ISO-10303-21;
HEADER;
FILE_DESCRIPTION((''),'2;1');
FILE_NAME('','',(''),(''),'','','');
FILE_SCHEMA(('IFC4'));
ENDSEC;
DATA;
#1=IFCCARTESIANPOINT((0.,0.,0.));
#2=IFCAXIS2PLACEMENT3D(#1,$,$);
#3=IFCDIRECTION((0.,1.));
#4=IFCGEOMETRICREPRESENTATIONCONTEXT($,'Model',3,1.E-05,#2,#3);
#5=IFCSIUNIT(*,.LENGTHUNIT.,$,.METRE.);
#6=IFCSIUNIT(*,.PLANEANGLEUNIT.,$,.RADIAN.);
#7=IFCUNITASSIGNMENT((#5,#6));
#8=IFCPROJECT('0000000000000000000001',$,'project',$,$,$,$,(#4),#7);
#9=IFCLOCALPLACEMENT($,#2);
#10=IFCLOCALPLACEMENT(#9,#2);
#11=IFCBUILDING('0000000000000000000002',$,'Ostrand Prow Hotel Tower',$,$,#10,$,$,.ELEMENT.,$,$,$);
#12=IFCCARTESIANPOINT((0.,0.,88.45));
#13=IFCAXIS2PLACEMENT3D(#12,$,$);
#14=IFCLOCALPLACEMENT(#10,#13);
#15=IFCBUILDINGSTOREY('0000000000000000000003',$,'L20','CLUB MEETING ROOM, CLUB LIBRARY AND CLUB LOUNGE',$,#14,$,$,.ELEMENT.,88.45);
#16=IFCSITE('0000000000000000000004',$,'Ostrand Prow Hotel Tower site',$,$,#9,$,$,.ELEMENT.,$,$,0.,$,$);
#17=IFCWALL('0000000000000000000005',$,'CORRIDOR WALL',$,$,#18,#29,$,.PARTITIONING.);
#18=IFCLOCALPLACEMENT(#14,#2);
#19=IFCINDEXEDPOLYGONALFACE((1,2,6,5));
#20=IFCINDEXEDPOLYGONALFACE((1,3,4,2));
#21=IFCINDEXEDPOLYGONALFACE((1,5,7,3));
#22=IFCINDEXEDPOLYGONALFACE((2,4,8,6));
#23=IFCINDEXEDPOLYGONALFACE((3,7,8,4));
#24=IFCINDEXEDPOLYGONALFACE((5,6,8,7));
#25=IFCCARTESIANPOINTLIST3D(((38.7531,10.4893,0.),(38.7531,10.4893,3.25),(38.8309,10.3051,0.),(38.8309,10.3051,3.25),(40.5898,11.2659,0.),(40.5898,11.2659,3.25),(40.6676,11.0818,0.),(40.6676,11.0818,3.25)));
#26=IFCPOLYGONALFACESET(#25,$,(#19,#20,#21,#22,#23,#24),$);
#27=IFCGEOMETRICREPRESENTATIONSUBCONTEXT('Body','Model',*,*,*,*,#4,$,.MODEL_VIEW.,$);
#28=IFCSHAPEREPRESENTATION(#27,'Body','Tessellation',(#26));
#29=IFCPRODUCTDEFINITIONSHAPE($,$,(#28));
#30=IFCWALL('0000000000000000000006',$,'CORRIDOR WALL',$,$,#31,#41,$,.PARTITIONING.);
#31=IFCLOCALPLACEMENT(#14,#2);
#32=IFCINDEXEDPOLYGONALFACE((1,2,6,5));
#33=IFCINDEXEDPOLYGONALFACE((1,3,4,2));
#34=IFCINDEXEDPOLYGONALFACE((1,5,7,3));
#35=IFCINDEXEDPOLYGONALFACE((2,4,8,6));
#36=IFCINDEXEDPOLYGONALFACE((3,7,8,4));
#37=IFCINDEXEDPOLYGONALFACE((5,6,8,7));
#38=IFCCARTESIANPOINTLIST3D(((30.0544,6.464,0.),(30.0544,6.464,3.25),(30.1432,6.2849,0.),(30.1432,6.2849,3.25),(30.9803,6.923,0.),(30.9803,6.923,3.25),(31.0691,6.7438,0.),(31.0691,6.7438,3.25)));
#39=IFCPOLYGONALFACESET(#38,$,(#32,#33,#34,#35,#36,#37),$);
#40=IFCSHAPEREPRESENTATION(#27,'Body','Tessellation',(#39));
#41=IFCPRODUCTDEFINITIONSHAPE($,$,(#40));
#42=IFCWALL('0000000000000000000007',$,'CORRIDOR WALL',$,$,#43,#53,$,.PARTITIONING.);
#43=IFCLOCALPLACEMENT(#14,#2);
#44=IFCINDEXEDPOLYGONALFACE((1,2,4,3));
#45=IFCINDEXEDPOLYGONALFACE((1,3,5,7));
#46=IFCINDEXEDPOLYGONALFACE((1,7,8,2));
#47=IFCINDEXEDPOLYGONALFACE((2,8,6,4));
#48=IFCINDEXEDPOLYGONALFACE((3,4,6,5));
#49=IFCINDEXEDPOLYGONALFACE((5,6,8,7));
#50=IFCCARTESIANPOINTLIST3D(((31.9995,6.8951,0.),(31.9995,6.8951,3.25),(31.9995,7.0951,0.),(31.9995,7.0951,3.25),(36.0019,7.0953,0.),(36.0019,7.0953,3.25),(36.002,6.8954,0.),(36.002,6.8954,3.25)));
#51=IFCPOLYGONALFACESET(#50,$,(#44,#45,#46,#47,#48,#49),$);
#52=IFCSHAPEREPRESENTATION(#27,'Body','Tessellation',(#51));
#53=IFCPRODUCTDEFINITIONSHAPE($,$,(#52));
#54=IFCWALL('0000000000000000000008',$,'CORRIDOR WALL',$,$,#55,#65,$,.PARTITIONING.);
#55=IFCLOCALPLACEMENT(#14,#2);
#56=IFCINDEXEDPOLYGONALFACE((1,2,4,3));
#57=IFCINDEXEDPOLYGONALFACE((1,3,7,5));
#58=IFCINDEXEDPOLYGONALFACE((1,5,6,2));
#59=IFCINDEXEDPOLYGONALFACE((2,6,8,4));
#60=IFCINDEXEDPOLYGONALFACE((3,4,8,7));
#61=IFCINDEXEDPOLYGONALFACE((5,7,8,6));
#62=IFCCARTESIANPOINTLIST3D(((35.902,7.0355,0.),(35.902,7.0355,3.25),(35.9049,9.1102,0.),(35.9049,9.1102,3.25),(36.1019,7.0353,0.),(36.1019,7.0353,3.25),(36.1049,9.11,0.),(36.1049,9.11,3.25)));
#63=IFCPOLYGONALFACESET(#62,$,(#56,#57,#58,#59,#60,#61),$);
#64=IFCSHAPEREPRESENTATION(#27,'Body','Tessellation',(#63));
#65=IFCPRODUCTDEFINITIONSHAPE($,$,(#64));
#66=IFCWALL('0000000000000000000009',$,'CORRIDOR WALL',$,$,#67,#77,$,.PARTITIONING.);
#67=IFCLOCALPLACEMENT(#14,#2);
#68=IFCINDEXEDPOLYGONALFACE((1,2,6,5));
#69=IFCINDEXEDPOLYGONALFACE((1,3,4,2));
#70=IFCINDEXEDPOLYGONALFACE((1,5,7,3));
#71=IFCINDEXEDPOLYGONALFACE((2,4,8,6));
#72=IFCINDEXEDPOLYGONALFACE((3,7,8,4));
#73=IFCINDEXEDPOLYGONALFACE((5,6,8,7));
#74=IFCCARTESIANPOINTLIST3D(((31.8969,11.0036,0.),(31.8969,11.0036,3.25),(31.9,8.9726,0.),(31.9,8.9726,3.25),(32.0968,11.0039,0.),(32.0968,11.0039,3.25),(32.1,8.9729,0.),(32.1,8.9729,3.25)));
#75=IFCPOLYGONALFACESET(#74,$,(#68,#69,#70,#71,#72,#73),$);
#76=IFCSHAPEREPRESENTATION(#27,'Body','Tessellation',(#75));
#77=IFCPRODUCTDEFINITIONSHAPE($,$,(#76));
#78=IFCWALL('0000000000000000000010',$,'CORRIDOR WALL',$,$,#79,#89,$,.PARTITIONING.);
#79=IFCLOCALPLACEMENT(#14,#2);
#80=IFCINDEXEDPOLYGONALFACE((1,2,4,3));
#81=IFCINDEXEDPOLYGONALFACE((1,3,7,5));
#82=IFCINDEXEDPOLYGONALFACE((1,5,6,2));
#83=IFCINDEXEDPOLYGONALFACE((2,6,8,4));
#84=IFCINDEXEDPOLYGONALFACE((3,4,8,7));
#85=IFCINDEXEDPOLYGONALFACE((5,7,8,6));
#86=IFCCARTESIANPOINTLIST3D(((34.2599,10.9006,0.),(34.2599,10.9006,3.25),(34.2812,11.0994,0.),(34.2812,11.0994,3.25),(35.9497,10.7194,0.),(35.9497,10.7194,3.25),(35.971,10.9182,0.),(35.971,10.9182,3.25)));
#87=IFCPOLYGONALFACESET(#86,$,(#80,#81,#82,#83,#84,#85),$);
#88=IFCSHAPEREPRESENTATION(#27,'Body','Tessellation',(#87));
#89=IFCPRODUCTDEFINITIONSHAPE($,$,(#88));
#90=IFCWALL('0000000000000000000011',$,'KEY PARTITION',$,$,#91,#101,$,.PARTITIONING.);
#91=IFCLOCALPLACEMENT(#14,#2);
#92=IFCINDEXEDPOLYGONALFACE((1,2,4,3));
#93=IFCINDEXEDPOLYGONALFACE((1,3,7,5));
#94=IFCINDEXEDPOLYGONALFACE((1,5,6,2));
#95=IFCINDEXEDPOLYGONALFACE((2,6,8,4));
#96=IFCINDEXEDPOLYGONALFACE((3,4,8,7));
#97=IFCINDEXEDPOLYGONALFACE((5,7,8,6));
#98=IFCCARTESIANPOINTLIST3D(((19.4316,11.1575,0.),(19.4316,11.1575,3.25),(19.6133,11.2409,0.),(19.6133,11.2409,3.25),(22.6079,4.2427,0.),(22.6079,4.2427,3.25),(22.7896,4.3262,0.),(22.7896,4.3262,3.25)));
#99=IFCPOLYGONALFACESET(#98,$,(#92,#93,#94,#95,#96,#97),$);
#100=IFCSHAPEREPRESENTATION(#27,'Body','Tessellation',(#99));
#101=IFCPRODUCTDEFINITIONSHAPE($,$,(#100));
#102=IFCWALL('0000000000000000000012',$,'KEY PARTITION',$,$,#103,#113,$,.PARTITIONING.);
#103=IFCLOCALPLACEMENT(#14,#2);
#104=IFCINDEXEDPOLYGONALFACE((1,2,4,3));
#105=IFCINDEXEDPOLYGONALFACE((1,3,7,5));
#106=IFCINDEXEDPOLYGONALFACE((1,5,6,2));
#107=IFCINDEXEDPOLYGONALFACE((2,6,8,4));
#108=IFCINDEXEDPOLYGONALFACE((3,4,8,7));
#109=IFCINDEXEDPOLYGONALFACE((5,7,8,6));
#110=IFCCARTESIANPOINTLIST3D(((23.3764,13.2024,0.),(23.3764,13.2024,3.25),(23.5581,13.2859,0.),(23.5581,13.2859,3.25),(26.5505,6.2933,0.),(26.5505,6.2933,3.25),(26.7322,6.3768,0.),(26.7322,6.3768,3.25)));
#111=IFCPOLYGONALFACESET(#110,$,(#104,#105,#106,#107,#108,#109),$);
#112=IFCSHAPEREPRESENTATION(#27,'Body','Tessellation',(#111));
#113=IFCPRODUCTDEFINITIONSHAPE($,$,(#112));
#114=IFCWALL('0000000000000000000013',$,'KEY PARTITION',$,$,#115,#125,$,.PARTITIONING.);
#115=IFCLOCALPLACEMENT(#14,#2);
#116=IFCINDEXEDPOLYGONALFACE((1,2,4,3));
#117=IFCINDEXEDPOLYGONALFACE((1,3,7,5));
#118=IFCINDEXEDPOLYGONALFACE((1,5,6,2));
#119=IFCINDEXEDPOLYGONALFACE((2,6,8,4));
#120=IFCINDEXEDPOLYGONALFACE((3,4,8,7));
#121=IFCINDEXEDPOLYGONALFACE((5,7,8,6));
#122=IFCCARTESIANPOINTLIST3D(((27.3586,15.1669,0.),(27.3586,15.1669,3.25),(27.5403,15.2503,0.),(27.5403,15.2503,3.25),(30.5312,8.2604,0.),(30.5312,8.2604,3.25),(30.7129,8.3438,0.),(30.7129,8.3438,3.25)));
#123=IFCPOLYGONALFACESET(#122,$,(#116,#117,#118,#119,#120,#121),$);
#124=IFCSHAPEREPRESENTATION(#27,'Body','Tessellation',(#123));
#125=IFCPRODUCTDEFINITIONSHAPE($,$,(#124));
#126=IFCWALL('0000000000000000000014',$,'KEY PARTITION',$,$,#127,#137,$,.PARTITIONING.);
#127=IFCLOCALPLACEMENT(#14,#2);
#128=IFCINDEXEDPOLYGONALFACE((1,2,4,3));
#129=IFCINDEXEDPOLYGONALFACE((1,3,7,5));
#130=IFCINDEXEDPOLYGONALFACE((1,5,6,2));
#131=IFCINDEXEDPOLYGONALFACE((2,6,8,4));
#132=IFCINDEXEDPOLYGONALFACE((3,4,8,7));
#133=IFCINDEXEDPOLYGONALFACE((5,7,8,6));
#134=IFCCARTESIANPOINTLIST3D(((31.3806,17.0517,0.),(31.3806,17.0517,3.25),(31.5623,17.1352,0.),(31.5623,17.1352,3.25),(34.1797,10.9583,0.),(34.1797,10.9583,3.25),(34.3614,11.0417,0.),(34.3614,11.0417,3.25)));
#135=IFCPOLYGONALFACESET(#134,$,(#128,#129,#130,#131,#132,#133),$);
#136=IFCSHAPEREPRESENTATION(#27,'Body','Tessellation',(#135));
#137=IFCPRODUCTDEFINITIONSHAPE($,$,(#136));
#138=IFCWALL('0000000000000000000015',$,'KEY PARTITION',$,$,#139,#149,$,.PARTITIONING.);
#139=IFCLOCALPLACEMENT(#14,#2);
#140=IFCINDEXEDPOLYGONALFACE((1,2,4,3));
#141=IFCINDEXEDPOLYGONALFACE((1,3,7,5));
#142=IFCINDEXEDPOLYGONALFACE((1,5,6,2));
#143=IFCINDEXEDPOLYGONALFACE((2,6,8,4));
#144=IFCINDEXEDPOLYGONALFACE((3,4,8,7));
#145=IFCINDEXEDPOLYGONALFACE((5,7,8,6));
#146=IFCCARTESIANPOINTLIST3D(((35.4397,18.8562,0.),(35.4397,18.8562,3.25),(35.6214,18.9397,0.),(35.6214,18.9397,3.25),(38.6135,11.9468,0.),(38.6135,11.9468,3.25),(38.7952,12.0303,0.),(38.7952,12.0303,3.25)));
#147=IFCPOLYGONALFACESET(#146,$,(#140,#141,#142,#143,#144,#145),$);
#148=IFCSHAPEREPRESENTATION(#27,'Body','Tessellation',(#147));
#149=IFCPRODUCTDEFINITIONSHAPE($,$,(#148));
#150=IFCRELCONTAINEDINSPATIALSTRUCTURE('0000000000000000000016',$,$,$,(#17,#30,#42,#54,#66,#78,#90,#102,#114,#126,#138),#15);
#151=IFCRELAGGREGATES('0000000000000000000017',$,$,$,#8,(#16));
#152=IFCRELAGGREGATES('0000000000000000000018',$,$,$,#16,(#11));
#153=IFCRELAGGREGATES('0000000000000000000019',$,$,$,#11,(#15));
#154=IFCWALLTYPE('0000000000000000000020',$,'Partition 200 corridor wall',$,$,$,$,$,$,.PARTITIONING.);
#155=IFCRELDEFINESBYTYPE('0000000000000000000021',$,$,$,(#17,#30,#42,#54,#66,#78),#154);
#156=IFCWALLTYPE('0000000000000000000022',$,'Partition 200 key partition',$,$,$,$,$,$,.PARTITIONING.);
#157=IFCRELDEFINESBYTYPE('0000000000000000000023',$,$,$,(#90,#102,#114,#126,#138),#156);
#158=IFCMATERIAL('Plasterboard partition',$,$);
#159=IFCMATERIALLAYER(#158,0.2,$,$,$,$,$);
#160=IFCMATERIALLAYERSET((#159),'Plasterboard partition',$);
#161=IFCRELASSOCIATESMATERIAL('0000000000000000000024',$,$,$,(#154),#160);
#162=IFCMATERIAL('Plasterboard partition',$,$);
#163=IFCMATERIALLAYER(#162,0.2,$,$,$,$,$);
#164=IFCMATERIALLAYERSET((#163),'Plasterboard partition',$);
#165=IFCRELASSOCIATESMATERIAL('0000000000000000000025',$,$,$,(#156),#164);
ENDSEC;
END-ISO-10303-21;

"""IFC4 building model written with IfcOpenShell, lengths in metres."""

from ifc_helpers import new_model, si_unit, direction, frame, frame_2d, origin, place, context, subcontext, project, spatial, rectangle, extrude, material, layer, layer_set, type_object, element, save


model = new_model("IFC4")

# Units and contexts
model_context = context("Model", 3, precision=1e-05, world=origin(), true_north=direction((0.0, 1.0)))
body_context = subcontext(model_context, "Body", "Model", "MODEL_VIEW")
ifc_project = project(units=[si_unit("LENGTHUNIT", "METRE"), si_unit("PLANEANGLEUNIT", "RADIAN")], contexts=[model_context])

# Site, building, storey
site_placement = place(None, origin())
site = spatial("IfcSite", under=ifc_project, at=site_placement, Name="Ostrand Prow Hotel Tower site", CompositionType="ELEMENT", RefElevation=0.0)
building_placement = place(site_placement, origin())
building = spatial("IfcBuilding", under=site, at=building_placement, Name="Ostrand Prow Hotel Tower", CompositionType="ELEMENT")
storey_placement = place(building_placement, frame((0.0, 0.0, 88.45)))
storey = spatial("IfcBuildingStorey", under=building, at=storey_placement, Name="L20", Description="CLUB MEETING ROOM, CLUB LIBRARY AND CLUB LOUNGE", CompositionType="ELEMENT", Elevation=88.45)

# Shared definitions
ifc_material_1 = material(Name="Plasterboard partition")
ifc_layer_1 = layer(ifc_material_1, 0.2)
ifc_layer_set_1 = layer_set([ifc_layer_1], Name="Plasterboard partition")
wall_type_1 = type_object("IfcWallType", Name="Partition 200 corridor wall", PredefinedType="PARTITIONING", material=ifc_layer_set_1)

# Walls
wall_1_placement = place(storey_placement, frame((38.792, 10.3972, 0.0), z_axis=(0.0, 0.0, 1.0), x_axis=(0.921047, 0.389452, 0.0)))
element("IfcWall", 1, at=wall_1_placement, inside=storey, type_object=wall_type_1, Name="CORRIDOR WALL", PredefinedType="PARTITIONING", context=body_context, shape_type="SweptSolid", body=[
    extrude(rectangle(XDim=1.9941, YDim=0.2, at=frame_2d((0.9971, 0.0))), origin(), (0.0, 0.0, 1.0), 3.25),
])
wall_2_placement = place(storey_placement, frame((30.0989, 6.3745, 0.0), z_axis=(0.0, 0.0, 1.0), x_axis=(0.895981, 0.444093, 0.0)))
element("IfcWall", 2, at=wall_2_placement, inside=storey, type_object=wall_type_1, Name="CORRIDOR WALL", PredefinedType="PARTITIONING", context=body_context, shape_type="SweptSolid", body=[
    extrude(rectangle(XDim=1.0334, YDim=0.2, at=frame_2d((0.5166, 0.0))), origin(), (0.0, 0.0, 1.0), 3.25),
])
wall_3_placement = place(storey_placement, frame((31.9995, 6.9951, 0.0), z_axis=(0.0, 0.0, 1.0), x_axis=(1.0, 0.000061, 0.0)))
element("IfcWall", 3, at=wall_3_placement, inside=storey, type_object=wall_type_1, Name="CORRIDOR WALL", PredefinedType="PARTITIONING", context=body_context, shape_type="SweptSolid", body=[
    extrude(rectangle(XDim=4.0024, YDim=0.2, at=frame_2d((2.0012, 0.0))), origin(), (0.0, 0.0, 1.0), 3.25),
])
wall_4_placement = place(storey_placement, frame((36.002, 7.0354, 0.0), z_axis=(0.0, 0.0, 1.0), x_axis=(0.001412, 0.999999, 0.0)))
element("IfcWall", 4, at=wall_4_placement, inside=storey, type_object=wall_type_1, Name="CORRIDOR WALL", PredefinedType="PARTITIONING", context=body_context, shape_type="SweptSolid", body=[
    extrude(rectangle(XDim=2.0747, YDim=0.2, at=frame_2d((1.0374, 0.0))), origin(), (0.0, 0.0, 1.0), 3.25),
])
wall_5_placement = place(storey_placement, frame((31.9968, 11.0039, 0.0), z_axis=(0.0, 0.0, 1.0), x_axis=(0.001563, -0.999999, 0.0)))
element("IfcWall", 5, at=wall_5_placement, inside=storey, type_object=wall_type_1, Name="CORRIDOR WALL", PredefinedType="PARTITIONING", context=body_context, shape_type="SweptSolid", body=[
    extrude(rectangle(XDim=2.031, YDim=0.2, at=frame_2d((1.0156, 0.0))), origin(), (0.0, 0.0, 1.0), 3.25),
])
wall_6_placement = place(storey_placement, frame((35.9602, 10.8188, 0.0), z_axis=(0.0, 0.0, 1.0), x_axis=(-0.994302, 0.106599, 0.0)))
element("IfcWall", 6, at=wall_6_placement, inside=storey, type_object=wall_type_1, Name="CORRIDOR WALL", PredefinedType="PARTITIONING", context=body_context, shape_type="SweptSolid", body=[
    extrude(rectangle(XDim=1.6995, YDim=0.2, at=frame_2d((0.8496, 0.0))), origin(), (0.0, 0.0, 1.0), 3.25),
])
ifc_material_2 = material(Name="Plasterboard partition")
ifc_layer_2 = layer(ifc_material_2, 0.2)
ifc_layer_set_2 = layer_set([ifc_layer_2], Name="Plasterboard partition")
wall_type_2 = type_object("IfcWallType", Name="Partition 200 key partition", PredefinedType="PARTITIONING", material=ifc_layer_set_2)
wall_7_placement = place(storey_placement, frame((22.6987, 4.2844, 0.0), z_axis=(0.0, 0.0, 1.0), x_axis=(-0.417414, 0.908717, 0.0)))
element("IfcWall", 7, at=wall_7_placement, inside=storey, type_object=wall_type_2, Name="KEY PARTITION", PredefinedType="PARTITIONING", context=body_context, shape_type="SweptSolid", body=[
    extrude(rectangle(XDim=7.6094, YDim=0.2, at=frame_2d((3.8047, 0.0))), origin(), (0.0, 0.0, 1.0), 3.25),
])
wall_8_placement = place(storey_placement, frame((26.6414, 6.335, 0.0), z_axis=(0.0, 0.0, 1.0), x_axis=(-0.417455, 0.908698, 0.0)))
element("IfcWall", 8, at=wall_8_placement, inside=storey, type_object=wall_type_2, Name="KEY PARTITION", PredefinedType="PARTITIONING", context=body_context, shape_type="SweptSolid", body=[
    extrude(rectangle(XDim=7.6033, YDim=0.2, at=frame_2d((3.8018, 0.0))), origin(), (0.0, 0.0, 1.0), 3.25),
])
wall_9_placement = place(storey_placement, frame((30.6221, 8.302, 0.0), z_axis=(0.0, 0.0, 1.0), x_axis=(-0.41743, 0.908709, 0.0)))
element("IfcWall", 9, at=wall_9_placement, inside=storey, type_object=wall_type_2, Name="KEY PARTITION", PredefinedType="PARTITIONING", context=body_context, shape_type="SweptSolid", body=[
    extrude(rectangle(XDim=7.6003, YDim=0.2, at=frame_2d((3.8003, 0.0))), origin(), (0.0, 0.0, 1.0), 3.25),
])
wall_10_placement = place(storey_placement, frame((34.2705, 11.0, 0.0), z_axis=(0.0, 0.0, 1.0), x_axis=(-0.417421, 0.908713, 0.0)))
element("IfcWall", 10, at=wall_10_placement, inside=storey, type_object=wall_type_2, Name="KEY PARTITION", PredefinedType="PARTITIONING", context=body_context, shape_type="SweptSolid", body=[
    extrude(rectangle(XDim=6.7056, YDim=0.2, at=frame_2d((3.3528, 0.0))), origin(), (0.0, 0.0, 1.0), 3.25),
])
wall_11_placement = place(storey_placement, frame((38.7043, 11.9885, 0.0), z_axis=(0.0, 0.0, 1.0), x_axis=(-0.417416, 0.908715, 0.0)))
element("IfcWall", 11, at=wall_11_placement, inside=storey, type_object=wall_type_2, Name="KEY PARTITION", PredefinedType="PARTITIONING", context=body_context, shape_type="SweptSolid", body=[
    extrude(rectangle(XDim=7.6035, YDim=0.2, at=frame_2d((3.8018, 0.0))), origin(), (0.0, 0.0, 1.0), 3.25),
])

save(model, "model.ifc")
